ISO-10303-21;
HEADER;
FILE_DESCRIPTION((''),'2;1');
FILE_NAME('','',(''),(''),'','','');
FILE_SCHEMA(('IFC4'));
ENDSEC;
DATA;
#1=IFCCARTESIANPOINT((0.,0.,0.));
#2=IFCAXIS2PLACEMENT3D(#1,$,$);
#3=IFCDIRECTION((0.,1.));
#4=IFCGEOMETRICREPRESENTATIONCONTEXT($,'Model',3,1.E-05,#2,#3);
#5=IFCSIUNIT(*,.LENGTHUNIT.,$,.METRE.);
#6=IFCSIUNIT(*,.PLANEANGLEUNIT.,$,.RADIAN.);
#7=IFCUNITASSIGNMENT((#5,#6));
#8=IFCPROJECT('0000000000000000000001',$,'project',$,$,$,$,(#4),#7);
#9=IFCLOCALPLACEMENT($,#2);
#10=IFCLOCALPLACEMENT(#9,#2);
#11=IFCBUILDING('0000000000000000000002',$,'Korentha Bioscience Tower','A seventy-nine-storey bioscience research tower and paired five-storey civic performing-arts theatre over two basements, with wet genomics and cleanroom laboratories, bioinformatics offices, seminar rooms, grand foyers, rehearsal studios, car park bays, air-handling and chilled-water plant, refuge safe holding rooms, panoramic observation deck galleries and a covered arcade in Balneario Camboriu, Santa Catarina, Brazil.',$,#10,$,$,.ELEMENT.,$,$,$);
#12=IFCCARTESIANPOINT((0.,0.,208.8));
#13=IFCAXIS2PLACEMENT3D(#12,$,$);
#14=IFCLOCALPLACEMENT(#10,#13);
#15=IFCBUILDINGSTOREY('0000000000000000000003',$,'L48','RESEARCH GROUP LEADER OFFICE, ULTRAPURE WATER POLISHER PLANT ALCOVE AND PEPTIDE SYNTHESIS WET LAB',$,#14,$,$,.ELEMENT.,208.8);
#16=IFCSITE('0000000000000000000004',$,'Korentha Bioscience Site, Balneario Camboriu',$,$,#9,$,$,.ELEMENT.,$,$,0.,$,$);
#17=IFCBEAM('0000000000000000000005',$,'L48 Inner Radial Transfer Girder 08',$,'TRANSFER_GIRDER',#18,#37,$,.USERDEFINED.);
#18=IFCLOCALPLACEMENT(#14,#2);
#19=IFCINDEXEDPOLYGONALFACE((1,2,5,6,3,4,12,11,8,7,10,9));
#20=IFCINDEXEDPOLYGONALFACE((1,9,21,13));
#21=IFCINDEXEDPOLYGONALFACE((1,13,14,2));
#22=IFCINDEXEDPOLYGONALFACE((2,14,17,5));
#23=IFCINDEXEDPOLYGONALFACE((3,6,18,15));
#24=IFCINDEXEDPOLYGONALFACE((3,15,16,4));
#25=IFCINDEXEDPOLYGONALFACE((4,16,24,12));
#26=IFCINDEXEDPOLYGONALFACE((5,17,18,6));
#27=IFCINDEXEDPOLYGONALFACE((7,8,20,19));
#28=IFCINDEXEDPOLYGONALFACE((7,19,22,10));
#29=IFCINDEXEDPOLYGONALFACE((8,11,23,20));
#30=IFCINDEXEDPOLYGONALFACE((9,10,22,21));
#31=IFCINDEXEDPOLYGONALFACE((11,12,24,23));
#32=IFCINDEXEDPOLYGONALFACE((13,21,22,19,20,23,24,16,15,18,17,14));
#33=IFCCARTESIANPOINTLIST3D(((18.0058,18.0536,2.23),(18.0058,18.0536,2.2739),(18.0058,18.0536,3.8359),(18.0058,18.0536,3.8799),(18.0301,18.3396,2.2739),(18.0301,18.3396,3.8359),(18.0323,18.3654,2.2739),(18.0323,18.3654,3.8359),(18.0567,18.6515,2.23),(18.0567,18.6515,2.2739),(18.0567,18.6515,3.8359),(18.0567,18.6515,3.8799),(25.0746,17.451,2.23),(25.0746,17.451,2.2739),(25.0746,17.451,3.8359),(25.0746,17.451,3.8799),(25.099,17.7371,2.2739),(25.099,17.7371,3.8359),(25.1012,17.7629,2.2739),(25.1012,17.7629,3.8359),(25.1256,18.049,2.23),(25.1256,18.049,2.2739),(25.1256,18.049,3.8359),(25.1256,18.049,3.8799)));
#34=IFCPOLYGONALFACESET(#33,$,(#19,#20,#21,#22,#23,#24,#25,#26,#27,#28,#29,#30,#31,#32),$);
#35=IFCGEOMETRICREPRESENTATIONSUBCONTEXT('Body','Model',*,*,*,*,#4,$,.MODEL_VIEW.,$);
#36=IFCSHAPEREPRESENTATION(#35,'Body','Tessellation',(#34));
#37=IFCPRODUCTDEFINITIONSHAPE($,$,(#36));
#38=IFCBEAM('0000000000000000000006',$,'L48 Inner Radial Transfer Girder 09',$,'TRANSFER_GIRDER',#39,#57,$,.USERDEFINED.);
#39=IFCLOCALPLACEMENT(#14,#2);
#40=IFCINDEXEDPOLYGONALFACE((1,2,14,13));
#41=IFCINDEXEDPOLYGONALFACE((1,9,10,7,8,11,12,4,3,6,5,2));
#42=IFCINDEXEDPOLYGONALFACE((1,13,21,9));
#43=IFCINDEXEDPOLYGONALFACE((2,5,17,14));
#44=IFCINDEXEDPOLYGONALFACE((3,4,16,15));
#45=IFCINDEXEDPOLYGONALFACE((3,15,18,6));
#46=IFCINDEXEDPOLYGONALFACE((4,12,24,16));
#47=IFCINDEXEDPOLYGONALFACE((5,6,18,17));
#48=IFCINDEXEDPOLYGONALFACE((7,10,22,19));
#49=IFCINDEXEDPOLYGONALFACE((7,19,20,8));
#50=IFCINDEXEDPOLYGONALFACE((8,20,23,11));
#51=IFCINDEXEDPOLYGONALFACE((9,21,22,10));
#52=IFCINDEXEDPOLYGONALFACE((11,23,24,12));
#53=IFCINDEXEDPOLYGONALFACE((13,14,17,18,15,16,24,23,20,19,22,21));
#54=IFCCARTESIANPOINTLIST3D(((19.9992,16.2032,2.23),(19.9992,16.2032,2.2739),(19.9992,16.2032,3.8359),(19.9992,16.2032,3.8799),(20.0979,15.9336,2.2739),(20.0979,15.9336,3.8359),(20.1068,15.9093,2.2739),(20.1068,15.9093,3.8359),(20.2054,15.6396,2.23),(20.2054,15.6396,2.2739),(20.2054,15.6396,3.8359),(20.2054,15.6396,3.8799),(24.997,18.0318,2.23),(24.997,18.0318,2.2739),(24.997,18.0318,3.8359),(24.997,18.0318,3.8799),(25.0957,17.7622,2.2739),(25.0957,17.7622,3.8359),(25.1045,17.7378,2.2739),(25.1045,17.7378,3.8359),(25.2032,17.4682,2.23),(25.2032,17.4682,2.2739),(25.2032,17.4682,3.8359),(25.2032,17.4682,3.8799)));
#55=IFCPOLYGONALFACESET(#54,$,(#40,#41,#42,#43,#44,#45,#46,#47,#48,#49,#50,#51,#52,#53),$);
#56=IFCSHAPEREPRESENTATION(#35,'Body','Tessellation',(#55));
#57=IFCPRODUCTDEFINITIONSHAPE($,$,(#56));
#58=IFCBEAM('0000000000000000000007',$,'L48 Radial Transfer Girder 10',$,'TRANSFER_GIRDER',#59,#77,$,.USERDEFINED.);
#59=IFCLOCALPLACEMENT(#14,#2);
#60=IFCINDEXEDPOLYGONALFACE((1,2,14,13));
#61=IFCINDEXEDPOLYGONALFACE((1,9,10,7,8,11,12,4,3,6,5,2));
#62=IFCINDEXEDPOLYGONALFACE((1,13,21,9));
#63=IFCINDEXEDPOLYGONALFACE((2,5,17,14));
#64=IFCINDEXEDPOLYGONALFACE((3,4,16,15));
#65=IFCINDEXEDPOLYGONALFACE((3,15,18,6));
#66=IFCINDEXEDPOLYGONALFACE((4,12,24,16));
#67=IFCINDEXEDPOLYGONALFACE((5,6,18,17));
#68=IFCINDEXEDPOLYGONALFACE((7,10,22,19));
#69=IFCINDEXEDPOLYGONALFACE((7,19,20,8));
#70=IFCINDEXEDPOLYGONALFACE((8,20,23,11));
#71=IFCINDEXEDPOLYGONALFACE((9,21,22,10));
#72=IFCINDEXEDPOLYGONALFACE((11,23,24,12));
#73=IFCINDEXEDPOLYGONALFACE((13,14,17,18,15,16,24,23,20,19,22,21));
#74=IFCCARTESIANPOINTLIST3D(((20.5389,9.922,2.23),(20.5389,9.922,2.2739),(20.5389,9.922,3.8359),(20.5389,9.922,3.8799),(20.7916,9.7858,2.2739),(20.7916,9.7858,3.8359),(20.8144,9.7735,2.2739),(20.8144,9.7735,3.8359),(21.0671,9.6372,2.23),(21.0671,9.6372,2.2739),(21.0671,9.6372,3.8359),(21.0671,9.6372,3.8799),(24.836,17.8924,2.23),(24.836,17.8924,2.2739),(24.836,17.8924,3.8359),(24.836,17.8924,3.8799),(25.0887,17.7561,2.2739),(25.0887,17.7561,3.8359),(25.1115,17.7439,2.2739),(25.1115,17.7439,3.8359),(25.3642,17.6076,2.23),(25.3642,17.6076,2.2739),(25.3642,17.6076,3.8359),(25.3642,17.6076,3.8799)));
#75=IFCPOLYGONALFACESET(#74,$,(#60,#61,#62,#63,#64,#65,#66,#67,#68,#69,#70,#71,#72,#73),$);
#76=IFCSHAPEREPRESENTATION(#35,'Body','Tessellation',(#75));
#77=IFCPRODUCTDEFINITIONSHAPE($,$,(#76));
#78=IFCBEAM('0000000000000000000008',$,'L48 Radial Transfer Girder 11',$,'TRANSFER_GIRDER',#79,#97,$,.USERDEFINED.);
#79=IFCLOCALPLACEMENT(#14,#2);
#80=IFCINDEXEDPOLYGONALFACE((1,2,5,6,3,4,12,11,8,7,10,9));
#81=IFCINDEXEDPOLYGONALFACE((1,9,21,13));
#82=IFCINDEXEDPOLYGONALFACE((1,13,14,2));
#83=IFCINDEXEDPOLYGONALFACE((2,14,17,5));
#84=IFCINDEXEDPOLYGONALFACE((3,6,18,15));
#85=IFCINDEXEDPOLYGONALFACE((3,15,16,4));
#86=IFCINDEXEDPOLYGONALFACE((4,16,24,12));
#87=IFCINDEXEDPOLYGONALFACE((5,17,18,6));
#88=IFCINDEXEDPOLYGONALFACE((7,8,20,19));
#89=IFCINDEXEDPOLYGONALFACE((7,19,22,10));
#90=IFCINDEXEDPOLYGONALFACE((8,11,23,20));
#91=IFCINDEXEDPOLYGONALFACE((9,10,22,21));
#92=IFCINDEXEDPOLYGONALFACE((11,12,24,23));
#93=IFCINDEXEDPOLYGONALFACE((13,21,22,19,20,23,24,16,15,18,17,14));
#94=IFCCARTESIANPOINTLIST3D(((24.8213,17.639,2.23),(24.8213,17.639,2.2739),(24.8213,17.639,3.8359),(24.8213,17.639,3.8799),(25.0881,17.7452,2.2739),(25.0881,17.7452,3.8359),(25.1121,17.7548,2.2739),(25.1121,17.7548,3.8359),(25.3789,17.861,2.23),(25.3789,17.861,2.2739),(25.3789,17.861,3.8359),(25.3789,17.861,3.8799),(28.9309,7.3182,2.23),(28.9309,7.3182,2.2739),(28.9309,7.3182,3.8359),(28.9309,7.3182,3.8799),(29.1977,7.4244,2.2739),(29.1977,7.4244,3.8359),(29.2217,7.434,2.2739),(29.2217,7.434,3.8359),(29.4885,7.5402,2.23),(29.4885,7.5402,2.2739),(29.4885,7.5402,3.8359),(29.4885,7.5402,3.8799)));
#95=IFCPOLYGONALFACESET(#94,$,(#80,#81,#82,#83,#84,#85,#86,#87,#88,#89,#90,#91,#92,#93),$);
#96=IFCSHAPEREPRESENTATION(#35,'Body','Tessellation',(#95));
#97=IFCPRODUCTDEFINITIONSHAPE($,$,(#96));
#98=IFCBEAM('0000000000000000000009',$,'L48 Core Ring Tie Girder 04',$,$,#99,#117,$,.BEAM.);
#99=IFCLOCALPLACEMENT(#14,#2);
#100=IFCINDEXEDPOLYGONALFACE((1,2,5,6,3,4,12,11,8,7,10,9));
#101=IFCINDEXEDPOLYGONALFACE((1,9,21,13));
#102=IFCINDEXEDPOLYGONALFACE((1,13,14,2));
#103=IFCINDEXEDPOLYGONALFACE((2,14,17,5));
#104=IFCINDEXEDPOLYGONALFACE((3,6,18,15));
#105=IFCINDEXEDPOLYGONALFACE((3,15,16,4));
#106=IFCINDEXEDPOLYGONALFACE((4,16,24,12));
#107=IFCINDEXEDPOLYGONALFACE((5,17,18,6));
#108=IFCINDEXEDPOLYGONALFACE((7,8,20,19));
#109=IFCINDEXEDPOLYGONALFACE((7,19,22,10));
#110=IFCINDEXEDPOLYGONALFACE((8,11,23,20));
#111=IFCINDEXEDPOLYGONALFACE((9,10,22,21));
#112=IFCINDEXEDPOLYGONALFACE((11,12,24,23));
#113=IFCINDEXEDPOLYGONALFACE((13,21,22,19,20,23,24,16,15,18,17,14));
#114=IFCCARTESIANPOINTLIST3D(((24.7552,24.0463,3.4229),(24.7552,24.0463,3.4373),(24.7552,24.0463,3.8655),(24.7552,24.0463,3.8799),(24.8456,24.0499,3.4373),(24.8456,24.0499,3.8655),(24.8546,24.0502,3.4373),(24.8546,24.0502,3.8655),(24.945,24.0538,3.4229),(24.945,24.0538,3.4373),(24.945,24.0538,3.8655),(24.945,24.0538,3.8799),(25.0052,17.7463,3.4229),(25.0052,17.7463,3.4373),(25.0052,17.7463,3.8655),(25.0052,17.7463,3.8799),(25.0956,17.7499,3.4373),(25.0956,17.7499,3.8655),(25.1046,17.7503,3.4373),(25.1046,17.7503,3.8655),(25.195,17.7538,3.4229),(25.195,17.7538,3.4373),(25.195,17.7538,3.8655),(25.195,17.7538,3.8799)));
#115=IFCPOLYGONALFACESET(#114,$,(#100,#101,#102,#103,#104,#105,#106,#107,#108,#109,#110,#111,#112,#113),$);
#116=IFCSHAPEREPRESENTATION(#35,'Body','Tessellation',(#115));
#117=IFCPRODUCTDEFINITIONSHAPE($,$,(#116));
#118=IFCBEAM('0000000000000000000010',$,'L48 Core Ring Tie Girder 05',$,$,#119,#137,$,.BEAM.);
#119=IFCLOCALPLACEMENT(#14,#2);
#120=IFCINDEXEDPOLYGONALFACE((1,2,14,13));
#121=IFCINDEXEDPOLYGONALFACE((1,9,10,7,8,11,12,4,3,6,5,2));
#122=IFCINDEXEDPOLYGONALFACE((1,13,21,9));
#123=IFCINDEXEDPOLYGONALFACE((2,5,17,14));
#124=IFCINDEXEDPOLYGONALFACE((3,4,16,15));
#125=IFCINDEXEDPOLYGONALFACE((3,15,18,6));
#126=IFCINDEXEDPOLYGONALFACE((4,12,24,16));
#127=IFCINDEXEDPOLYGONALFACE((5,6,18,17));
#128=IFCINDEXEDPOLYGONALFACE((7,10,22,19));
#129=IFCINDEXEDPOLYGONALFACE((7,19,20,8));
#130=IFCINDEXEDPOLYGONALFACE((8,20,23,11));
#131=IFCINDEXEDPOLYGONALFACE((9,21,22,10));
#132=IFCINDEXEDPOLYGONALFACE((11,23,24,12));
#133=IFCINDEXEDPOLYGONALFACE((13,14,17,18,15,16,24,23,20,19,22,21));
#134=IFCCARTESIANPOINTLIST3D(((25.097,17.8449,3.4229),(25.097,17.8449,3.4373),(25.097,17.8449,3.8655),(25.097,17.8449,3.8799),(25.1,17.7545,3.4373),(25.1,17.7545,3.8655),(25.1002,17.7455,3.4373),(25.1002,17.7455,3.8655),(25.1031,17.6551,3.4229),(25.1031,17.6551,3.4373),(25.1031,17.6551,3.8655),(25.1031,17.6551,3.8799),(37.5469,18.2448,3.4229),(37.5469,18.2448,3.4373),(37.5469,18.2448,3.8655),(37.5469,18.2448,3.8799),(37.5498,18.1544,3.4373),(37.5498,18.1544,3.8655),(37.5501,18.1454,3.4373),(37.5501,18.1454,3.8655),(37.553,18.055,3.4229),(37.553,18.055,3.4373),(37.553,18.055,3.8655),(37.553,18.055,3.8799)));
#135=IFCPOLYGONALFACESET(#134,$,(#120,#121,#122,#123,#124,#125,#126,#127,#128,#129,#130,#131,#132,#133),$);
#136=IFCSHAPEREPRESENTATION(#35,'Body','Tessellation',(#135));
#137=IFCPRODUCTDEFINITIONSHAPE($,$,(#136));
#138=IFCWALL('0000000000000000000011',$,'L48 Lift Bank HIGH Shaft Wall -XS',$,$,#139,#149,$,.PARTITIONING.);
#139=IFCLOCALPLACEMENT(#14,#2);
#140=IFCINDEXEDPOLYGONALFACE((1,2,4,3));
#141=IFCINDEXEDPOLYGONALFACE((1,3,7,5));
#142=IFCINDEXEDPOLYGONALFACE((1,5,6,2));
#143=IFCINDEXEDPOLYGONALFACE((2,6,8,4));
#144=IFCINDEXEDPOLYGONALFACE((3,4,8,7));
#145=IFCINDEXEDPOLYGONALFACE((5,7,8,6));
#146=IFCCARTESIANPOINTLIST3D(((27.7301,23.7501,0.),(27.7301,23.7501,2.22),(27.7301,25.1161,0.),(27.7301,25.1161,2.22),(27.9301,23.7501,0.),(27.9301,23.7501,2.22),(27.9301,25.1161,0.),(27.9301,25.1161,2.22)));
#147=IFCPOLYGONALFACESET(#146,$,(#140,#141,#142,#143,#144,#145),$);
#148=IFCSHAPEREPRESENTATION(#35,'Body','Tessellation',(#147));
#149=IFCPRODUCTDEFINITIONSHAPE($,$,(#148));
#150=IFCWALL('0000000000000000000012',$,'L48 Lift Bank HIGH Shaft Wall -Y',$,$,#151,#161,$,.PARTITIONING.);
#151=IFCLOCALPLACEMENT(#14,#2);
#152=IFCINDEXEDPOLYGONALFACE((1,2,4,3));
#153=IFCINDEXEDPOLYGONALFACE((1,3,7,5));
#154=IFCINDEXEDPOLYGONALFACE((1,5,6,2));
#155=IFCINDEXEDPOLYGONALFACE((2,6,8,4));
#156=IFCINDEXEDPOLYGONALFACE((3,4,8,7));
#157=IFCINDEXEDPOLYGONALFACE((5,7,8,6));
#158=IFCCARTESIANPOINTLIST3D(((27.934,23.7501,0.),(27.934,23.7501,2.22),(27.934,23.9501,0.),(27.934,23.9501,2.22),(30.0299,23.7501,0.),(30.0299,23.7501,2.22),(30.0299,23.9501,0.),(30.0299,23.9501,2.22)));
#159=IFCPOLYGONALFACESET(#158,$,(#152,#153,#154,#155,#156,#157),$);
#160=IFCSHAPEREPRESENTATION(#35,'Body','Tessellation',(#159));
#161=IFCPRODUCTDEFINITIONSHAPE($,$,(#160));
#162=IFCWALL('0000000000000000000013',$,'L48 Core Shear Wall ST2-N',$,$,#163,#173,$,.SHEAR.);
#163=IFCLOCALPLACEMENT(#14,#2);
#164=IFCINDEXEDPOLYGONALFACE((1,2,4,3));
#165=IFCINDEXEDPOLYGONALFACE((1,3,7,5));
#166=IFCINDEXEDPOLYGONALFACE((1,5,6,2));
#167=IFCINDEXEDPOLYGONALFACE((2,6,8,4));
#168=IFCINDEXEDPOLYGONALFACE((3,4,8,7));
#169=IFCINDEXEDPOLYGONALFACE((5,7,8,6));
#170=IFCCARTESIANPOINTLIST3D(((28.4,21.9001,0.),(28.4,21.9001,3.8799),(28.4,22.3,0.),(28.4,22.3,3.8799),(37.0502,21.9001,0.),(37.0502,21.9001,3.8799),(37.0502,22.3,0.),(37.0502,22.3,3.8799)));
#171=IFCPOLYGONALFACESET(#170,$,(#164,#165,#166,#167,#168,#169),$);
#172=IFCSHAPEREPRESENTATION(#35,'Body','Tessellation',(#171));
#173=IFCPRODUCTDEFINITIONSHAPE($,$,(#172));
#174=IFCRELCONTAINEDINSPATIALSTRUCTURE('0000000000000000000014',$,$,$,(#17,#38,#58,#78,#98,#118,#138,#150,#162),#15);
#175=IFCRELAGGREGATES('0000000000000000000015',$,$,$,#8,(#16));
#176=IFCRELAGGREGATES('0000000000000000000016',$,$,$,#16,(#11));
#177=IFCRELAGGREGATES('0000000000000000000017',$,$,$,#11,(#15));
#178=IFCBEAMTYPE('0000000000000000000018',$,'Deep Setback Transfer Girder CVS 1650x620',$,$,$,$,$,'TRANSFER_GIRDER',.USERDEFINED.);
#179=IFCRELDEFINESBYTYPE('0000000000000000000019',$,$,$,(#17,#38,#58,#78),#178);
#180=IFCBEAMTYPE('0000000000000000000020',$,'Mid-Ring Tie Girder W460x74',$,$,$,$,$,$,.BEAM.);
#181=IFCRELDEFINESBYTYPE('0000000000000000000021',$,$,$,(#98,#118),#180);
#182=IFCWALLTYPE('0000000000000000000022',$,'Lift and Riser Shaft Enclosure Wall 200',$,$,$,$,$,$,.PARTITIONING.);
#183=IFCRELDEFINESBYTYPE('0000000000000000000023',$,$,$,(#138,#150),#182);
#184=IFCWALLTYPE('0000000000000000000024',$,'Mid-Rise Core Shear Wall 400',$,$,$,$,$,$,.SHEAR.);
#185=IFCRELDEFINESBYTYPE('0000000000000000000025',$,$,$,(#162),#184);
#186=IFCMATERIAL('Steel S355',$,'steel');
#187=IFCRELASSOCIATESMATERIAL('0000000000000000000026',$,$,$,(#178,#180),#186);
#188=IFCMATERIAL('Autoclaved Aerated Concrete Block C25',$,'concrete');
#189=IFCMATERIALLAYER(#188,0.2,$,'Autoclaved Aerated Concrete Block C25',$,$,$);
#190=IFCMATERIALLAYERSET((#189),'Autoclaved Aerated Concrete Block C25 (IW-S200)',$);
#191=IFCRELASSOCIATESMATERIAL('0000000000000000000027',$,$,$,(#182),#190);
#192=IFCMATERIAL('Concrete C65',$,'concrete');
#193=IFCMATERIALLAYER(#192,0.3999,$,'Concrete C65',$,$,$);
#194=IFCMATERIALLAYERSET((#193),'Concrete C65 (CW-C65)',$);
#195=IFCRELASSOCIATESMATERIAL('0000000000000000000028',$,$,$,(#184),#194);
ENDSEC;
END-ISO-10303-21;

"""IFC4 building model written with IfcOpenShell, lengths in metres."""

from ifc_helpers import new_model, si_unit, direction, frame, frame_2d, origin, origin_2d, place, context, subcontext, project, spatial, rectangle, i_section, extrude, material, layer, layer_set, material_profile, profile_set, type_object, element, save


model = new_model("IFC4")

# Units and contexts
model_context = context("Model", 3, precision=1e-05, world=origin(), true_north=direction((0.0, 1.0)))
body_context = subcontext(model_context, "Body", "Model", "MODEL_VIEW")
ifc_project = project(units=[si_unit("LENGTHUNIT", "METRE"), si_unit("PLANEANGLEUNIT", "RADIAN")], contexts=[model_context])

# Site, building, storey
site_placement = place(None, origin())
site = spatial("IfcSite", under=ifc_project, at=site_placement, Name="Korentha Bioscience Site, Balneario Camboriu", CompositionType="ELEMENT", RefElevation=0.0)
building_placement = place(site_placement, origin())
building = spatial("IfcBuilding", under=site, at=building_placement, Name="Korentha Bioscience Tower", Description="A seventy-nine-storey bioscience research tower and paired five-storey civic performing-arts theatre over two basements, with wet genomics and cleanroom laboratories, bioinformatics offices, seminar rooms, grand foyers, rehearsal studios, car park bays, air-handling and chilled-water plant, refuge safe holding rooms, panoramic observation deck galleries and a covered arcade in Balneario Camboriu, Santa Catarina, Brazil.", CompositionType="ELEMENT")
storey_placement = place(building_placement, frame((0.0, 0.0, 208.8)))
storey = spatial("IfcBuildingStorey", under=building, at=storey_placement, Name="L48", Description="RESEARCH GROUP LEADER OFFICE, ULTRAPURE WATER POLISHER PLANT ALCOVE AND PEPTIDE SYNTHESIS WET LAB", CompositionType="ELEMENT", Elevation=208.8)

# Beams
ifc_material_1 = material(Name="Steel S355", Category="steel")
ifc_material_profile_1 = material_profile(ifc_material_1, i_section(OverallWidth=0.6001, OverallDepth=1.6499, WebThickness=0.0259, FlangeThickness=0.0439, at=origin_2d()), Name="Steel S355")
ifc_profile_set_1 = profile_set([ifc_material_profile_1], Name="Steel S355 (TG-04)")
beam_type_1 = type_object("IfcBeamType", Name="Deep Setback Transfer Girder CVS 1650x620", ElementType="TRANSFER_GIRDER", PredefinedType="USERDEFINED", material=ifc_profile_set_1)
beam_1_placement = place(storey_placement, frame((25.1001, 17.75, 3.0549), z_axis=(-0.996387, 0.084931, 0.0), x_axis=(-0.084931, -0.996387, 0.0)))
element("IfcBeam", 1, at=beam_1_placement, inside=storey, type_object=beam_type_1, Name="L48 Inner Radial Transfer Girder 08", ObjectType="TRANSFER_GIRDER", PredefinedType="USERDEFINED", context=body_context, shape_type="SweptSolid", body=[
    extrude(i_section(OverallWidth=0.6001, OverallDepth=1.6499, WebThickness=0.0259, FlangeThickness=0.0439, at=origin_2d()), origin(), (0.0, 0.0, 1.0), 7.0945),
])
beam_2_placement = place(storey_placement, frame((25.1001, 17.75, 3.0549), z_axis=(-0.939114, -0.343606, 0.0), x_axis=(0.343606, -0.939114, 0.0)))
element("IfcBeam", 2, at=beam_2_placement, inside=storey, type_object=beam_type_1, Name="L48 Inner Radial Transfer Girder 09", ObjectType="TRANSFER_GIRDER", PredefinedType="USERDEFINED", context=body_context, shape_type="SweptSolid", body=[
    extrude(i_section(OverallWidth=0.6001, OverallDepth=1.6499, WebThickness=0.0259, FlangeThickness=0.0439, at=origin_2d()), origin(), (0.0, 0.0, 1.0), 5.3218),
])
beam_3_placement = place(storey_placement, frame((25.1001, 17.75, 3.0549), z_axis=(-0.474556, -0.880225, 0.0), x_axis=(0.880225, -0.474556, 0.0)))
element("IfcBeam", 3, at=beam_3_placement, inside=storey, type_object=beam_type_1, Name="L48 Radial Transfer Girder 10", ObjectType="TRANSFER_GIRDER", PredefinedType="USERDEFINED", context=body_context, shape_type="SweptSolid", body=[
    extrude(i_section(OverallWidth=0.6001, OverallDepth=1.6499, WebThickness=0.0259, FlangeThickness=0.0439, at=origin_2d()), origin(), (0.0, 0.0, 1.0), 9.0549),
])
beam_4_placement = place(storey_placement, frame((25.1001, 17.75, 3.0549), z_axis=(0.369939, -0.929056, 0.0), x_axis=(0.929056, 0.369939, 0.0)))
element("IfcBeam", 4, at=beam_4_placement, inside=storey, type_object=beam_type_1, Name="L48 Radial Transfer Girder 11", ObjectType="TRANSFER_GIRDER", PredefinedType="USERDEFINED", context=body_context, shape_type="SweptSolid", body=[
    extrude(i_section(OverallWidth=0.6001, OverallDepth=1.6499, WebThickness=0.0259, FlangeThickness=0.0439, at=origin_2d()), origin(), (0.0, 0.0, 1.0), 11.1089),
])
ifc_material_profile_2 = material_profile(ifc_material_1, i_section(OverallWidth=0.1899, OverallDepth=0.457, WebThickness=0.009, FlangeThickness=0.0144, at=origin_2d()), Name="Steel S355")
ifc_profile_set_2 = profile_set([ifc_material_profile_2], Name="Steel S355 (MB-460)")
beam_type_2 = type_object("IfcBeamType", Name="Mid-Ring Tie Girder W460x74", PredefinedType="BEAM", material=ifc_profile_set_2)
beam_5_placement = place(storey_placement, frame((24.8501, 24.05, 3.6514), z_axis=(0.039651, -0.999214, 0.0), x_axis=(0.999214, 0.039651, 0.0)))
element("IfcBeam", 5, at=beam_5_placement, inside=storey, type_object=beam_type_2, Name="L48 Core Ring Tie Girder 04", PredefinedType="BEAM", context=body_context, shape_type="SweptSolid", body=[
    extrude(i_section(OverallWidth=0.1899, OverallDepth=0.457, WebThickness=0.009, FlangeThickness=0.0144, at=origin_2d()), origin(), (0.0, 0.0, 1.0), 6.3049),
])
beam_6_placement = place(storey_placement, frame((25.1001, 17.75, 3.6514), z_axis=(0.999485, 0.032104, 0.0), x_axis=(-0.032104, 0.999485, 0.0)))
element("IfcBeam", 6, at=beam_6_placement, inside=storey, type_object=beam_type_2, Name="L48 Core Ring Tie Girder 05", PredefinedType="BEAM", context=body_context, shape_type="SweptSolid", body=[
    extrude(i_section(OverallWidth=0.1899, OverallDepth=0.457, WebThickness=0.009, FlangeThickness=0.0144, at=origin_2d()), origin(), (0.0, 0.0, 1.0), 12.4563),
])

# Walls
ifc_material_2 = material(Name="Autoclaved Aerated Concrete Block C25", Category="concrete")
ifc_layer_1 = layer(ifc_material_2, 0.2, Name="Autoclaved Aerated Concrete Block C25")
ifc_layer_set_1 = layer_set([ifc_layer_1], Name="Autoclaved Aerated Concrete Block C25 (IW-S200)")
wall_type_1 = type_object("IfcWallType", Name="Lift and Riser Shaft Enclosure Wall 200", PredefinedType="PARTITIONING", material=ifc_layer_set_1)
wall_1_placement = place(storey_placement, frame((27.8301, 23.75, 0.0), z_axis=(0.0, 0.0, 1.0), x_axis=(0.0, 1.0, 0.0)))
element("IfcWall", 7, at=wall_1_placement, inside=storey, type_object=wall_type_1, Name="L48 Lift Bank HIGH Shaft Wall -XS", PredefinedType="PARTITIONING", context=body_context, shape_type="SweptSolid", body=[
    extrude(rectangle(XDim=1.366, YDim=0.2, at=frame_2d((0.6831, 0.0))), origin(), (0.0, 0.0, 1.0), 2.22),
])
wall_2_placement = place(storey_placement, frame((27.9341, 23.8501, 0.0), z_axis=(0.0, 0.0, 1.0), x_axis=(1.0, 0.0, 0.0)))
element("IfcWall", 8, at=wall_2_placement, inside=storey, type_object=wall_type_1, Name="L48 Lift Bank HIGH Shaft Wall -Y", PredefinedType="PARTITIONING", context=body_context, shape_type="SweptSolid", body=[
    extrude(rectangle(XDim=2.0959, YDim=0.2, at=frame_2d((1.0479, 0.0))), origin(), (0.0, 0.0, 1.0), 2.22),
])
ifc_material_3 = material(Name="Concrete C65", Category="concrete")
ifc_layer_2 = layer(ifc_material_3, 0.3999, Name="Concrete C65")
ifc_layer_set_2 = layer_set([ifc_layer_2], Name="Concrete C65 (CW-C65)")
wall_type_2 = type_object("IfcWallType", Name="Mid-Rise Core Shear Wall 400", PredefinedType="SHEAR", material=ifc_layer_set_2)
wall_3_placement = place(storey_placement, frame((28.3999, 22.1001, 0.0), z_axis=(0.0, 0.0, 1.0), x_axis=(1.0, 0.0, 0.0)))
element("IfcWall", 9, at=wall_3_placement, inside=storey, type_object=wall_type_2, Name="L48 Core Shear Wall ST2-N", PredefinedType="SHEAR", context=body_context, shape_type="SweptSolid", body=[
    extrude(rectangle(XDim=8.6501, YDim=0.3999, at=frame_2d((4.3252, 0.0))), origin(), (0.0, 0.0, 1.0), 3.8799),
])

save(model, "model.ifc")
